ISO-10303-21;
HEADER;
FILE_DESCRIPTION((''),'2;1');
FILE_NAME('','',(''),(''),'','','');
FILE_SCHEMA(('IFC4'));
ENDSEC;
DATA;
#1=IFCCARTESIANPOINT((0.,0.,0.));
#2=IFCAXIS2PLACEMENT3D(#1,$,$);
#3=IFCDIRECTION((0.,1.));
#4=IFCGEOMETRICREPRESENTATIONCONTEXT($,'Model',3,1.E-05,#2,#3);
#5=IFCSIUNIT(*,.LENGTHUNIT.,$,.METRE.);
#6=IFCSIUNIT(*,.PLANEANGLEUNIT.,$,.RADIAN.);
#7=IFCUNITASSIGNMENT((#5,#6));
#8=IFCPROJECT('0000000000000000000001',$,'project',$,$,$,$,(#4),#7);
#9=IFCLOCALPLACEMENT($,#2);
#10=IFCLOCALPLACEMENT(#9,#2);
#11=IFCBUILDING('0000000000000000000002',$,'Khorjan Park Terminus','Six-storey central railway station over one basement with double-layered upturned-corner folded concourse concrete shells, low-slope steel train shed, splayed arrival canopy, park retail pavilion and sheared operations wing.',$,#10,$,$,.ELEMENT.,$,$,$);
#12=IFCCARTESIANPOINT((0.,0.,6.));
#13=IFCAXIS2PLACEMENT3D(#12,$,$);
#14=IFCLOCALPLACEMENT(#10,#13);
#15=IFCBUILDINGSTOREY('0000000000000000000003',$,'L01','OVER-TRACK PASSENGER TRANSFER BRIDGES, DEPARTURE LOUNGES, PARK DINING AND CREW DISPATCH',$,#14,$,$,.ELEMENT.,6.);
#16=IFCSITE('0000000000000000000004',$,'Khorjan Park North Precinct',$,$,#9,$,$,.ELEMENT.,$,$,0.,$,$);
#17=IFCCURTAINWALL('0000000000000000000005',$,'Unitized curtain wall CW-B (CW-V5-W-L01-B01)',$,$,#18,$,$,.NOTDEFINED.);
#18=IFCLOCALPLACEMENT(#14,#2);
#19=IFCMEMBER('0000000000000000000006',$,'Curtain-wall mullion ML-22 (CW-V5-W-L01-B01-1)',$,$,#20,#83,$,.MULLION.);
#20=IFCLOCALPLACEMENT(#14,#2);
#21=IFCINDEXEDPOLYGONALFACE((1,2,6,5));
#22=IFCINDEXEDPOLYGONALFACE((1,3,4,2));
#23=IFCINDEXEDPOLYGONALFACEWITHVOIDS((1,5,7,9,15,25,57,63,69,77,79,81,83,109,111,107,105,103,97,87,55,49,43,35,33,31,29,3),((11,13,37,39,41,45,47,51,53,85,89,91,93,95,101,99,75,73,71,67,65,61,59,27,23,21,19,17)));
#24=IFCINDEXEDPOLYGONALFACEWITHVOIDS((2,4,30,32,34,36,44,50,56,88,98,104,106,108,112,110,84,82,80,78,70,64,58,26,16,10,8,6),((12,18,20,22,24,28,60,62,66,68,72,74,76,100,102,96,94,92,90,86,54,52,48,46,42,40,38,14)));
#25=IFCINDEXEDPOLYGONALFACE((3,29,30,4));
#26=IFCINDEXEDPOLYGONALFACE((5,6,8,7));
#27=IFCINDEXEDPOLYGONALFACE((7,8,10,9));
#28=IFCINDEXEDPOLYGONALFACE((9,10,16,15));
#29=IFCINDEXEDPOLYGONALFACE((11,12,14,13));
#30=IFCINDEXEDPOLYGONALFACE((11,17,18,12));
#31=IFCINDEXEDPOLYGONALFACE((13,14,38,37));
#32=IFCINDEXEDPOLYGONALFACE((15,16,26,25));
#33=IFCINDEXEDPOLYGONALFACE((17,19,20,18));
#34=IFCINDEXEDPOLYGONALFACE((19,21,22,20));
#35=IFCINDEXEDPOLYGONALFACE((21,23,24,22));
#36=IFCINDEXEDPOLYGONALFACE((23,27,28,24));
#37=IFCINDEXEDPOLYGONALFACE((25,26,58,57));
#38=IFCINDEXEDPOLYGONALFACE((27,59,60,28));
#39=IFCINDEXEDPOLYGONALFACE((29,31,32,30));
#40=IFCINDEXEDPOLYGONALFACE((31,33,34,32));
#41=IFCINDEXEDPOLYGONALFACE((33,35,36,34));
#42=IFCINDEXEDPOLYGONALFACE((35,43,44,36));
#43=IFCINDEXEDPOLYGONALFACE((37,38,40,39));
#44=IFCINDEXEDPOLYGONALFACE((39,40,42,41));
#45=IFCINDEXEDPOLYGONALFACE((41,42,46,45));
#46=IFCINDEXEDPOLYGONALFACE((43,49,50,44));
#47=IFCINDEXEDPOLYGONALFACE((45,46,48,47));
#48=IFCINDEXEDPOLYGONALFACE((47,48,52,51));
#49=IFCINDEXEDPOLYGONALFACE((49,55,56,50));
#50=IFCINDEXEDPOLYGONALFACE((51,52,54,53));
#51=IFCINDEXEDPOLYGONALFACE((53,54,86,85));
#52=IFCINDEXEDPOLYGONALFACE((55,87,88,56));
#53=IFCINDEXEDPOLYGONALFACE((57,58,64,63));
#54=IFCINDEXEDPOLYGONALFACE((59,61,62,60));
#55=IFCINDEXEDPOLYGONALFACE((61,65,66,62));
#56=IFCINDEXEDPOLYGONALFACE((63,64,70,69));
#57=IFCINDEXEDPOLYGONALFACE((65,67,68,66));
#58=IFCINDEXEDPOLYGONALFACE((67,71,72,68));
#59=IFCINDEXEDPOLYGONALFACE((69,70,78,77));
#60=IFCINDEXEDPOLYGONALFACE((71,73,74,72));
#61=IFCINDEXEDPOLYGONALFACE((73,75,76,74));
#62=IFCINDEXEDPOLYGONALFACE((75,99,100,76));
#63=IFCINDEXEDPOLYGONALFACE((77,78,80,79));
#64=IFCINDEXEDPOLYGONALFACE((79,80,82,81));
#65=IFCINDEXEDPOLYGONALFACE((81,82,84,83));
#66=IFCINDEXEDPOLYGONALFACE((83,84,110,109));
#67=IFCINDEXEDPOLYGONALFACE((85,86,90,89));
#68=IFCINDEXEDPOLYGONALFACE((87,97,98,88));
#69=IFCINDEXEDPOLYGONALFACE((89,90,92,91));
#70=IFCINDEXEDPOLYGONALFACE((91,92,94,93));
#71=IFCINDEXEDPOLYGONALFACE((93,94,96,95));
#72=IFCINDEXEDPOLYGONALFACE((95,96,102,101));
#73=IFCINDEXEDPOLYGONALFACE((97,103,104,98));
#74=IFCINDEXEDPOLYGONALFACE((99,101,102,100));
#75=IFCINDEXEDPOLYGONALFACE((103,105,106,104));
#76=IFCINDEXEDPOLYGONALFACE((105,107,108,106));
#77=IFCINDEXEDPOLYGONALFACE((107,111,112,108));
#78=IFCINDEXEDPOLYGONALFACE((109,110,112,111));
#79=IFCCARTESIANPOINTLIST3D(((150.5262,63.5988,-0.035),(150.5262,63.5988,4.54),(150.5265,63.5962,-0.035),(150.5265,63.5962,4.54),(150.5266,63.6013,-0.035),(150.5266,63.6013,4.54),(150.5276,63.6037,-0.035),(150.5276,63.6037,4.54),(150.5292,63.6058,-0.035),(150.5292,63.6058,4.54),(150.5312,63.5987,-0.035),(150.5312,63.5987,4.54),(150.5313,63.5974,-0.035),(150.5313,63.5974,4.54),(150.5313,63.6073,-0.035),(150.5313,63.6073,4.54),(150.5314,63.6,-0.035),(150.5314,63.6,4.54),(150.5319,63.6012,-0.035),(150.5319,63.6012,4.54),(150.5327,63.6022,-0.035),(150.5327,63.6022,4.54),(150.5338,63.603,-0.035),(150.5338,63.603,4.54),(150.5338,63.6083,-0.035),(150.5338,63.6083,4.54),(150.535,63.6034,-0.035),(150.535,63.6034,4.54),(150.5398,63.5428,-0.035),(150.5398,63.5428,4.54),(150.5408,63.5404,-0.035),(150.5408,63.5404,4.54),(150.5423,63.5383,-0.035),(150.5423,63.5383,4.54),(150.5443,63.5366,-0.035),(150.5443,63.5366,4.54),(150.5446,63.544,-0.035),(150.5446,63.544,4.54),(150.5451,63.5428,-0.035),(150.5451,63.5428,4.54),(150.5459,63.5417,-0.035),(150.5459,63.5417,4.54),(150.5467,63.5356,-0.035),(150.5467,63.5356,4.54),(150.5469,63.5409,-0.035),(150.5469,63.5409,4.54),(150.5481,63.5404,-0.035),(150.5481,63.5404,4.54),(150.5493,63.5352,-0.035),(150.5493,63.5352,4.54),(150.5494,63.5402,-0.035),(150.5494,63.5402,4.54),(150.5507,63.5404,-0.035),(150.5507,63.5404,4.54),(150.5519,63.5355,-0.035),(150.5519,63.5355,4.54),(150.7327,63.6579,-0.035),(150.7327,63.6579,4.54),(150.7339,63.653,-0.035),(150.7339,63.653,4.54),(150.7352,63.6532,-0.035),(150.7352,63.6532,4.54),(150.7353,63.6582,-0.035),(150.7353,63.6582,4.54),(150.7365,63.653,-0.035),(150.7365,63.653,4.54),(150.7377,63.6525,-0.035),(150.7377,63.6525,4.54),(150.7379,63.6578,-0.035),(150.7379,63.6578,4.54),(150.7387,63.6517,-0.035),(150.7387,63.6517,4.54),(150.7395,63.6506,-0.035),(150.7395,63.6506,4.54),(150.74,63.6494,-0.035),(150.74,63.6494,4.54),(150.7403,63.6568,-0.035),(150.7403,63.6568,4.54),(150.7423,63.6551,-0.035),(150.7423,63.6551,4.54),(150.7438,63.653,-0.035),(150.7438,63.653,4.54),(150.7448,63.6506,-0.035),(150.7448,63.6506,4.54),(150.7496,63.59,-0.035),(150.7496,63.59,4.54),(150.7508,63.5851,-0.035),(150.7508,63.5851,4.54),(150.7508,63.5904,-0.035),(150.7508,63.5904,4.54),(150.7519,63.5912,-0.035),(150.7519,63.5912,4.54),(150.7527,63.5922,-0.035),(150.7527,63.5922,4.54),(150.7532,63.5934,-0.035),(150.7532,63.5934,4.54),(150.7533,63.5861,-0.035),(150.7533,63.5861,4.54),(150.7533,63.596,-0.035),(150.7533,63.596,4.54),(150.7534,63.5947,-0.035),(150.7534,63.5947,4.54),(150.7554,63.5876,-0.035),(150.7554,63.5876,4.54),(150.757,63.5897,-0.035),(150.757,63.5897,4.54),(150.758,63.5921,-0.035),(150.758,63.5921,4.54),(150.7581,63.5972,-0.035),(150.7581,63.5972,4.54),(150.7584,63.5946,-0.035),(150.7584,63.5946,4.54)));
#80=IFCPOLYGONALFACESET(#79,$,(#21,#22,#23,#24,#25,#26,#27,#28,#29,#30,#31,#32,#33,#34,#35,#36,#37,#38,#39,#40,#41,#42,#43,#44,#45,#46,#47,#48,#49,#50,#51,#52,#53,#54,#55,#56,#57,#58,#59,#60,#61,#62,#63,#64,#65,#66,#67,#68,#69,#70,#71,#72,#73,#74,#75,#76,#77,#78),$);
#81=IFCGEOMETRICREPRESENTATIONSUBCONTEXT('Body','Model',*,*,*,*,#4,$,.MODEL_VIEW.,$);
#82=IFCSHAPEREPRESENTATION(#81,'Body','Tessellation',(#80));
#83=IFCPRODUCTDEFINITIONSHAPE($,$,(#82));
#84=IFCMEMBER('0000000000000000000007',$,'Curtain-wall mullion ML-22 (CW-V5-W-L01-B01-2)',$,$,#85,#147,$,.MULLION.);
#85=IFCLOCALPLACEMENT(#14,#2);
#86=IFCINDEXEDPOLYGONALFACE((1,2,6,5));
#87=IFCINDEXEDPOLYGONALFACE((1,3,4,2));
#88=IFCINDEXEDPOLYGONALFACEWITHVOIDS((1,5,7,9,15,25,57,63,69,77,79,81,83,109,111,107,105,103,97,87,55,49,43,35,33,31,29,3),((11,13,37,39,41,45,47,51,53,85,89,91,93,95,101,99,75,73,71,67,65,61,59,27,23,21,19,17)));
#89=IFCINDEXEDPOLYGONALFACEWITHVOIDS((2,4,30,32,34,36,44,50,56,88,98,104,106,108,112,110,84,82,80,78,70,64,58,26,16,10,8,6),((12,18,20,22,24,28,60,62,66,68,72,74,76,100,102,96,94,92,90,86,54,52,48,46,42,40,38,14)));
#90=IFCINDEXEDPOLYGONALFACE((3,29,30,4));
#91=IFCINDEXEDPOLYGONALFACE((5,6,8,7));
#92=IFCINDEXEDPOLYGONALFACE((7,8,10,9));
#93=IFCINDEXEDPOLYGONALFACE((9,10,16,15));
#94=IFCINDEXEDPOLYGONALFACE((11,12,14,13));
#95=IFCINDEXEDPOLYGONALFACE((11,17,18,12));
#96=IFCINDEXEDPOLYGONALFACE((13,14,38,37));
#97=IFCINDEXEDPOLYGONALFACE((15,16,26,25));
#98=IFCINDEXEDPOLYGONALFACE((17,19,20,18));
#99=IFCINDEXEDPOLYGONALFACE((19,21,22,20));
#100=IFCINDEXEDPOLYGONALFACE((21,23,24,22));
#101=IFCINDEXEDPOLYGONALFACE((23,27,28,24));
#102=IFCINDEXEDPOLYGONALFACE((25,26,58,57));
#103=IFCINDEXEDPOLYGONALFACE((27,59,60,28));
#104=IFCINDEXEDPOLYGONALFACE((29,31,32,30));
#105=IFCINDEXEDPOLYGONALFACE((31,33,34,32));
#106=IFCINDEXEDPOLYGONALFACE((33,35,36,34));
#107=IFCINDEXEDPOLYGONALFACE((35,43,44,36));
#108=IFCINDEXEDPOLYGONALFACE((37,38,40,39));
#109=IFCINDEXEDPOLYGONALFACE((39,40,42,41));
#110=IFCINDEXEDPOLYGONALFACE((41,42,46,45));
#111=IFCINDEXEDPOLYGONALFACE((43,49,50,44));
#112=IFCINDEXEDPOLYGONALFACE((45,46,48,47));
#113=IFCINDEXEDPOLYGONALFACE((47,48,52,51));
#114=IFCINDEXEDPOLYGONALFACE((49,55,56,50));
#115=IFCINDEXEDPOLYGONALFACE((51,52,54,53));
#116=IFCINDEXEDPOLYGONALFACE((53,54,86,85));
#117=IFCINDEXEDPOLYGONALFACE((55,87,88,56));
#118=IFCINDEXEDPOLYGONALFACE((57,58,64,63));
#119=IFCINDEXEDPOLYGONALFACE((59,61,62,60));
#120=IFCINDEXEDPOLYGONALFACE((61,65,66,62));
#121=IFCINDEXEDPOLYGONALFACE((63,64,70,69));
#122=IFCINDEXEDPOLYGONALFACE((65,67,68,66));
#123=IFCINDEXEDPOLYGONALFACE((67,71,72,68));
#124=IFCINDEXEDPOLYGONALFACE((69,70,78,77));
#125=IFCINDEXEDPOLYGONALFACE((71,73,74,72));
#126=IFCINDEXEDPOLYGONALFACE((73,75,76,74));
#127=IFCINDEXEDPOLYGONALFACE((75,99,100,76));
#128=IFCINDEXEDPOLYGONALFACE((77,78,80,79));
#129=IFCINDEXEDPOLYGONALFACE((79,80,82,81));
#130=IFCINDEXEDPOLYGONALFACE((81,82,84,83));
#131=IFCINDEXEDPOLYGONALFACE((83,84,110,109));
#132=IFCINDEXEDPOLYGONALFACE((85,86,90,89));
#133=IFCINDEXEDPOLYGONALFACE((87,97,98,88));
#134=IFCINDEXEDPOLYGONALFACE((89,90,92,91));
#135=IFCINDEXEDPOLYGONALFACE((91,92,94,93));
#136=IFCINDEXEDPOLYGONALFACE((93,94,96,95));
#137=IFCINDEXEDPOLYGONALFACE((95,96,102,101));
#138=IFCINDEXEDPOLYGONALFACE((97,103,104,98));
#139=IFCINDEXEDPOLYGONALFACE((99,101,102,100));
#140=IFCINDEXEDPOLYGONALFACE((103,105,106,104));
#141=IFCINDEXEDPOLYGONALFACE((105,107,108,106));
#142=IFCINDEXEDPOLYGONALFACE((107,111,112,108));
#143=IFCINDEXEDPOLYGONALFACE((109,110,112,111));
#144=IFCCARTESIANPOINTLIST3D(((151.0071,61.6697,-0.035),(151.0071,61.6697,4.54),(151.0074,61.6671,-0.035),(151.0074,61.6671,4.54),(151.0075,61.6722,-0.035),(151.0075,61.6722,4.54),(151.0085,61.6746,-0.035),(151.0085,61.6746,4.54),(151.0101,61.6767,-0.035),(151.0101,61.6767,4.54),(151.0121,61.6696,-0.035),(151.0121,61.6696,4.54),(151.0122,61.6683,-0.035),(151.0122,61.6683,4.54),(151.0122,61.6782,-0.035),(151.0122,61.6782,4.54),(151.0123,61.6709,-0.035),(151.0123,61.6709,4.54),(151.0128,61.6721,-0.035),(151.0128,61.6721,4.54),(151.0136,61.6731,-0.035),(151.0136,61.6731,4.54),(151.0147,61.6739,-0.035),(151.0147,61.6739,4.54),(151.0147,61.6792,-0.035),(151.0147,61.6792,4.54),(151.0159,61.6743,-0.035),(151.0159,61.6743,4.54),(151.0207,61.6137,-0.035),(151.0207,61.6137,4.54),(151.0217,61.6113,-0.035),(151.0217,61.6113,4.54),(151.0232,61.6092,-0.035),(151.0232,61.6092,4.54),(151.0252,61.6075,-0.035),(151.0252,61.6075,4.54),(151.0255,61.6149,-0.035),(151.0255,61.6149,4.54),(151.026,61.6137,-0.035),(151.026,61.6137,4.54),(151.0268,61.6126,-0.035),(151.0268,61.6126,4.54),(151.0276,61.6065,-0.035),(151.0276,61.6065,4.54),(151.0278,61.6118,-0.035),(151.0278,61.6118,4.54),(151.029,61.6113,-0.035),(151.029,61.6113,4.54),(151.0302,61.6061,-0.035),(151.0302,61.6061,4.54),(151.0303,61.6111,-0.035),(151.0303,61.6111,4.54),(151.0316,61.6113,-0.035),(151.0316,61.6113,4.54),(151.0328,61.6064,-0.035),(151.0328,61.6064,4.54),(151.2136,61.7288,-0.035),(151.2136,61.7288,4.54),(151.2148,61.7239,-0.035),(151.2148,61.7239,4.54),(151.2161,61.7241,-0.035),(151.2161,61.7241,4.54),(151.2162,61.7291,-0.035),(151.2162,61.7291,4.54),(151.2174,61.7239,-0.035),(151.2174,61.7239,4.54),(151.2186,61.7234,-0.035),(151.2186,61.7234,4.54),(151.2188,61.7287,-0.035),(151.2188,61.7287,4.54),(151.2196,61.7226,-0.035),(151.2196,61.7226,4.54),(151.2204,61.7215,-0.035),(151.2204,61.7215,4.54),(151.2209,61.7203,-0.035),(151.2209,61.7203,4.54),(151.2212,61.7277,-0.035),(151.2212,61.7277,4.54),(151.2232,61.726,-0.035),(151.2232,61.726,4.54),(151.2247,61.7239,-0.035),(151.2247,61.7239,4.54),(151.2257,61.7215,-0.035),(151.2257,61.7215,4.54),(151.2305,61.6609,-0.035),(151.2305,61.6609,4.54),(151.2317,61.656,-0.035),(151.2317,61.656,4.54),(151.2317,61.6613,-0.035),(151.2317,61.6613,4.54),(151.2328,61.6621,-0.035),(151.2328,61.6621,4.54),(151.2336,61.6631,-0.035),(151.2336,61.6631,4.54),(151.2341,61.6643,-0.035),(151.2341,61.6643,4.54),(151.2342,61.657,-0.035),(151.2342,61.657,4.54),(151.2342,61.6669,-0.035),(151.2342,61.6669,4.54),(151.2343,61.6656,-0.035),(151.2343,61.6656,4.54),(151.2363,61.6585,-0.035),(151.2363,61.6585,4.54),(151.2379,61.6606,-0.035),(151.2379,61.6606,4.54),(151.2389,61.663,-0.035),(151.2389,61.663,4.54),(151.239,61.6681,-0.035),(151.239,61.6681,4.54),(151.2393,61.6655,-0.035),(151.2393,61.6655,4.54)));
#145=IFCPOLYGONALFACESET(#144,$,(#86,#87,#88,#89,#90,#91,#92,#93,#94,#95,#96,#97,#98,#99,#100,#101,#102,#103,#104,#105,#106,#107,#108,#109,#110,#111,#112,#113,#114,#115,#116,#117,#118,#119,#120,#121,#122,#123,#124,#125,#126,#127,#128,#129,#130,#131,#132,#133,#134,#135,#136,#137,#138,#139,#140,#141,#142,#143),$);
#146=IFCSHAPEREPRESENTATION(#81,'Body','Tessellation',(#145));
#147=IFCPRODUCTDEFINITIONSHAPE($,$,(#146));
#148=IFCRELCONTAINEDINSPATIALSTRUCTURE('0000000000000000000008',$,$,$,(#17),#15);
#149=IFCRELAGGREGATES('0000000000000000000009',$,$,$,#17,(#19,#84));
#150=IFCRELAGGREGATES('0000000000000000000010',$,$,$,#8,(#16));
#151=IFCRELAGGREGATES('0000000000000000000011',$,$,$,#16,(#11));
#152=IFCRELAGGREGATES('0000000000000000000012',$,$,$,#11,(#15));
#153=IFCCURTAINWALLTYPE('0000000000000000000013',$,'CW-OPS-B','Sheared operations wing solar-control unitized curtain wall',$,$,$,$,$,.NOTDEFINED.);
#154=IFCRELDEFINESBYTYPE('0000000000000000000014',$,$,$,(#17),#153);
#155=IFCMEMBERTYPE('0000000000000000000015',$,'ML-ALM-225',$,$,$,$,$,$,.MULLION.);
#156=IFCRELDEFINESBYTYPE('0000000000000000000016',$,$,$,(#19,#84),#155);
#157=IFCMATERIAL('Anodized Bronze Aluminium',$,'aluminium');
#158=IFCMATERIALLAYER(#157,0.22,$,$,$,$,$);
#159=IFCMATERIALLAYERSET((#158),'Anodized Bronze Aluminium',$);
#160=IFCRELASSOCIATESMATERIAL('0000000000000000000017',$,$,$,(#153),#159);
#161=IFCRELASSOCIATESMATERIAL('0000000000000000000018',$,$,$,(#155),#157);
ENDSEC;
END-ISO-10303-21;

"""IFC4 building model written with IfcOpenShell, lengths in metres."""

from ifc_helpers import new_model, si_unit, direction, frame, origin, origin_2d, place, context, subcontext, project, spatial, hollow_rectangle, extrude, material, layer, layer_set, material_profile, profile_set, type_object, element, aggregate, save


model = new_model("IFC4")

# Units and contexts
model_context = context("Model", 3, precision=1e-05, world=origin(), true_north=direction((0.0, 1.0)))
body_context = subcontext(model_context, "Body", "Model", "MODEL_VIEW")
ifc_project = project(units=[si_unit("LENGTHUNIT", "METRE"), si_unit("PLANEANGLEUNIT", "RADIAN")], contexts=[model_context])

# Site, building, storey
site_placement = place(None, origin())
site = spatial("IfcSite", under=ifc_project, at=site_placement, Name="Khorjan Park North Precinct", CompositionType="ELEMENT", RefElevation=0.0)
building_placement = place(site_placement, origin())
building = spatial("IfcBuilding", under=site, at=building_placement, Name="Khorjan Park Terminus", Description="Six-storey central railway station over one basement with double-layered upturned-corner folded concourse concrete shells, low-slope steel train shed, splayed arrival canopy, park retail pavilion and sheared operations wing.", CompositionType="ELEMENT")
storey_placement = place(building_placement, frame((0.0, 0.0, 6.0)))
storey = spatial("IfcBuildingStorey", under=building, at=storey_placement, Name="L01", Description="OVER-TRACK PASSENGER TRANSFER BRIDGES, DEPARTURE LOUNGES, PARK DINING AND CREW DISPATCH", CompositionType="ELEMENT", Elevation=6.0)

# Curtain wall, members
ifc_material_1 = material(Name="Anodized Bronze Aluminium", Category="aluminium")
ifc_layer_1 = layer(ifc_material_1, 0.22)
ifc_layer_set_1 = layer_set([ifc_layer_1], Name="Anodized Bronze Aluminium")
curtain_wall_type = type_object("IfcCurtainWallType", Name="CW-OPS-B", Description="Sheared operations wing solar-control unitized curtain wall", PredefinedType="NOTDEFINED", material=ifc_layer_set_1)
curtain_wall_placement = place(storey_placement, origin())
curtain_wall = element("IfcCurtainWall", 1, at=curtain_wall_placement, inside=storey, type_object=curtain_wall_type, Name="Unitized curtain wall CW-B (CW-V5-W-L01-B01)", PredefinedType="NOTDEFINED")
ifc_material_profile_1 = material_profile(ifc_material_1, hollow_rectangle(XDim=0.075, YDim=0.225, WallThickness=0.005, InnerFilletRadius=0.005, OuterFilletRadius=0.01, at=origin_2d()), Name="ALM 75x225x5")
ifc_profile_set_1 = profile_set([ifc_material_profile_1], Name="Anodized Bronze Aluminium")
member_type_1 = type_object("IfcMemberType", Name="ML-ALM-225", PredefinedType="MULLION", material=ifc_profile_set_1)
member_1_placement = place(storey_placement, frame((150.6423, 63.5967, -0.035), z_axis=(0.0, 0.0, 1.0), x_axis=(0.241913, -0.970298, 0.0)))
member_1 = element("IfcMember", 2, at=member_1_placement, type_object=member_type_1, Name="Curtain-wall mullion ML-22 (CW-V5-W-L01-B01-1)", PredefinedType="MULLION", context=body_context, shape_type="SweptSolid", body=[
    extrude(hollow_rectangle(XDim=0.075, YDim=0.225, WallThickness=0.005, InnerFilletRadius=0.005, OuterFilletRadius=0.01, at=origin_2d()), origin(), (0.0, 0.0, 1.0), 4.575),
])
member_2_placement = place(storey_placement, frame((151.1232, 61.6676, -0.035), z_axis=(0.0, 0.0, 1.0), x_axis=(0.241913, -0.970298, 0.0)))
member_2 = element("IfcMember", 3, at=member_2_placement, type_object=member_type_1, Name="Curtain-wall mullion ML-22 (CW-V5-W-L01-B01-2)", PredefinedType="MULLION", context=body_context, shape_type="SweptSolid", body=[
    extrude(hollow_rectangle(XDim=0.075, YDim=0.225, WallThickness=0.005, InnerFilletRadius=0.005, OuterFilletRadius=0.01, at=origin_2d()), origin(), (0.0, 0.0, 1.0), 4.575),
])
aggregate(curtain_wall, [member_1, member_2])

save(model, "model.ifc")
